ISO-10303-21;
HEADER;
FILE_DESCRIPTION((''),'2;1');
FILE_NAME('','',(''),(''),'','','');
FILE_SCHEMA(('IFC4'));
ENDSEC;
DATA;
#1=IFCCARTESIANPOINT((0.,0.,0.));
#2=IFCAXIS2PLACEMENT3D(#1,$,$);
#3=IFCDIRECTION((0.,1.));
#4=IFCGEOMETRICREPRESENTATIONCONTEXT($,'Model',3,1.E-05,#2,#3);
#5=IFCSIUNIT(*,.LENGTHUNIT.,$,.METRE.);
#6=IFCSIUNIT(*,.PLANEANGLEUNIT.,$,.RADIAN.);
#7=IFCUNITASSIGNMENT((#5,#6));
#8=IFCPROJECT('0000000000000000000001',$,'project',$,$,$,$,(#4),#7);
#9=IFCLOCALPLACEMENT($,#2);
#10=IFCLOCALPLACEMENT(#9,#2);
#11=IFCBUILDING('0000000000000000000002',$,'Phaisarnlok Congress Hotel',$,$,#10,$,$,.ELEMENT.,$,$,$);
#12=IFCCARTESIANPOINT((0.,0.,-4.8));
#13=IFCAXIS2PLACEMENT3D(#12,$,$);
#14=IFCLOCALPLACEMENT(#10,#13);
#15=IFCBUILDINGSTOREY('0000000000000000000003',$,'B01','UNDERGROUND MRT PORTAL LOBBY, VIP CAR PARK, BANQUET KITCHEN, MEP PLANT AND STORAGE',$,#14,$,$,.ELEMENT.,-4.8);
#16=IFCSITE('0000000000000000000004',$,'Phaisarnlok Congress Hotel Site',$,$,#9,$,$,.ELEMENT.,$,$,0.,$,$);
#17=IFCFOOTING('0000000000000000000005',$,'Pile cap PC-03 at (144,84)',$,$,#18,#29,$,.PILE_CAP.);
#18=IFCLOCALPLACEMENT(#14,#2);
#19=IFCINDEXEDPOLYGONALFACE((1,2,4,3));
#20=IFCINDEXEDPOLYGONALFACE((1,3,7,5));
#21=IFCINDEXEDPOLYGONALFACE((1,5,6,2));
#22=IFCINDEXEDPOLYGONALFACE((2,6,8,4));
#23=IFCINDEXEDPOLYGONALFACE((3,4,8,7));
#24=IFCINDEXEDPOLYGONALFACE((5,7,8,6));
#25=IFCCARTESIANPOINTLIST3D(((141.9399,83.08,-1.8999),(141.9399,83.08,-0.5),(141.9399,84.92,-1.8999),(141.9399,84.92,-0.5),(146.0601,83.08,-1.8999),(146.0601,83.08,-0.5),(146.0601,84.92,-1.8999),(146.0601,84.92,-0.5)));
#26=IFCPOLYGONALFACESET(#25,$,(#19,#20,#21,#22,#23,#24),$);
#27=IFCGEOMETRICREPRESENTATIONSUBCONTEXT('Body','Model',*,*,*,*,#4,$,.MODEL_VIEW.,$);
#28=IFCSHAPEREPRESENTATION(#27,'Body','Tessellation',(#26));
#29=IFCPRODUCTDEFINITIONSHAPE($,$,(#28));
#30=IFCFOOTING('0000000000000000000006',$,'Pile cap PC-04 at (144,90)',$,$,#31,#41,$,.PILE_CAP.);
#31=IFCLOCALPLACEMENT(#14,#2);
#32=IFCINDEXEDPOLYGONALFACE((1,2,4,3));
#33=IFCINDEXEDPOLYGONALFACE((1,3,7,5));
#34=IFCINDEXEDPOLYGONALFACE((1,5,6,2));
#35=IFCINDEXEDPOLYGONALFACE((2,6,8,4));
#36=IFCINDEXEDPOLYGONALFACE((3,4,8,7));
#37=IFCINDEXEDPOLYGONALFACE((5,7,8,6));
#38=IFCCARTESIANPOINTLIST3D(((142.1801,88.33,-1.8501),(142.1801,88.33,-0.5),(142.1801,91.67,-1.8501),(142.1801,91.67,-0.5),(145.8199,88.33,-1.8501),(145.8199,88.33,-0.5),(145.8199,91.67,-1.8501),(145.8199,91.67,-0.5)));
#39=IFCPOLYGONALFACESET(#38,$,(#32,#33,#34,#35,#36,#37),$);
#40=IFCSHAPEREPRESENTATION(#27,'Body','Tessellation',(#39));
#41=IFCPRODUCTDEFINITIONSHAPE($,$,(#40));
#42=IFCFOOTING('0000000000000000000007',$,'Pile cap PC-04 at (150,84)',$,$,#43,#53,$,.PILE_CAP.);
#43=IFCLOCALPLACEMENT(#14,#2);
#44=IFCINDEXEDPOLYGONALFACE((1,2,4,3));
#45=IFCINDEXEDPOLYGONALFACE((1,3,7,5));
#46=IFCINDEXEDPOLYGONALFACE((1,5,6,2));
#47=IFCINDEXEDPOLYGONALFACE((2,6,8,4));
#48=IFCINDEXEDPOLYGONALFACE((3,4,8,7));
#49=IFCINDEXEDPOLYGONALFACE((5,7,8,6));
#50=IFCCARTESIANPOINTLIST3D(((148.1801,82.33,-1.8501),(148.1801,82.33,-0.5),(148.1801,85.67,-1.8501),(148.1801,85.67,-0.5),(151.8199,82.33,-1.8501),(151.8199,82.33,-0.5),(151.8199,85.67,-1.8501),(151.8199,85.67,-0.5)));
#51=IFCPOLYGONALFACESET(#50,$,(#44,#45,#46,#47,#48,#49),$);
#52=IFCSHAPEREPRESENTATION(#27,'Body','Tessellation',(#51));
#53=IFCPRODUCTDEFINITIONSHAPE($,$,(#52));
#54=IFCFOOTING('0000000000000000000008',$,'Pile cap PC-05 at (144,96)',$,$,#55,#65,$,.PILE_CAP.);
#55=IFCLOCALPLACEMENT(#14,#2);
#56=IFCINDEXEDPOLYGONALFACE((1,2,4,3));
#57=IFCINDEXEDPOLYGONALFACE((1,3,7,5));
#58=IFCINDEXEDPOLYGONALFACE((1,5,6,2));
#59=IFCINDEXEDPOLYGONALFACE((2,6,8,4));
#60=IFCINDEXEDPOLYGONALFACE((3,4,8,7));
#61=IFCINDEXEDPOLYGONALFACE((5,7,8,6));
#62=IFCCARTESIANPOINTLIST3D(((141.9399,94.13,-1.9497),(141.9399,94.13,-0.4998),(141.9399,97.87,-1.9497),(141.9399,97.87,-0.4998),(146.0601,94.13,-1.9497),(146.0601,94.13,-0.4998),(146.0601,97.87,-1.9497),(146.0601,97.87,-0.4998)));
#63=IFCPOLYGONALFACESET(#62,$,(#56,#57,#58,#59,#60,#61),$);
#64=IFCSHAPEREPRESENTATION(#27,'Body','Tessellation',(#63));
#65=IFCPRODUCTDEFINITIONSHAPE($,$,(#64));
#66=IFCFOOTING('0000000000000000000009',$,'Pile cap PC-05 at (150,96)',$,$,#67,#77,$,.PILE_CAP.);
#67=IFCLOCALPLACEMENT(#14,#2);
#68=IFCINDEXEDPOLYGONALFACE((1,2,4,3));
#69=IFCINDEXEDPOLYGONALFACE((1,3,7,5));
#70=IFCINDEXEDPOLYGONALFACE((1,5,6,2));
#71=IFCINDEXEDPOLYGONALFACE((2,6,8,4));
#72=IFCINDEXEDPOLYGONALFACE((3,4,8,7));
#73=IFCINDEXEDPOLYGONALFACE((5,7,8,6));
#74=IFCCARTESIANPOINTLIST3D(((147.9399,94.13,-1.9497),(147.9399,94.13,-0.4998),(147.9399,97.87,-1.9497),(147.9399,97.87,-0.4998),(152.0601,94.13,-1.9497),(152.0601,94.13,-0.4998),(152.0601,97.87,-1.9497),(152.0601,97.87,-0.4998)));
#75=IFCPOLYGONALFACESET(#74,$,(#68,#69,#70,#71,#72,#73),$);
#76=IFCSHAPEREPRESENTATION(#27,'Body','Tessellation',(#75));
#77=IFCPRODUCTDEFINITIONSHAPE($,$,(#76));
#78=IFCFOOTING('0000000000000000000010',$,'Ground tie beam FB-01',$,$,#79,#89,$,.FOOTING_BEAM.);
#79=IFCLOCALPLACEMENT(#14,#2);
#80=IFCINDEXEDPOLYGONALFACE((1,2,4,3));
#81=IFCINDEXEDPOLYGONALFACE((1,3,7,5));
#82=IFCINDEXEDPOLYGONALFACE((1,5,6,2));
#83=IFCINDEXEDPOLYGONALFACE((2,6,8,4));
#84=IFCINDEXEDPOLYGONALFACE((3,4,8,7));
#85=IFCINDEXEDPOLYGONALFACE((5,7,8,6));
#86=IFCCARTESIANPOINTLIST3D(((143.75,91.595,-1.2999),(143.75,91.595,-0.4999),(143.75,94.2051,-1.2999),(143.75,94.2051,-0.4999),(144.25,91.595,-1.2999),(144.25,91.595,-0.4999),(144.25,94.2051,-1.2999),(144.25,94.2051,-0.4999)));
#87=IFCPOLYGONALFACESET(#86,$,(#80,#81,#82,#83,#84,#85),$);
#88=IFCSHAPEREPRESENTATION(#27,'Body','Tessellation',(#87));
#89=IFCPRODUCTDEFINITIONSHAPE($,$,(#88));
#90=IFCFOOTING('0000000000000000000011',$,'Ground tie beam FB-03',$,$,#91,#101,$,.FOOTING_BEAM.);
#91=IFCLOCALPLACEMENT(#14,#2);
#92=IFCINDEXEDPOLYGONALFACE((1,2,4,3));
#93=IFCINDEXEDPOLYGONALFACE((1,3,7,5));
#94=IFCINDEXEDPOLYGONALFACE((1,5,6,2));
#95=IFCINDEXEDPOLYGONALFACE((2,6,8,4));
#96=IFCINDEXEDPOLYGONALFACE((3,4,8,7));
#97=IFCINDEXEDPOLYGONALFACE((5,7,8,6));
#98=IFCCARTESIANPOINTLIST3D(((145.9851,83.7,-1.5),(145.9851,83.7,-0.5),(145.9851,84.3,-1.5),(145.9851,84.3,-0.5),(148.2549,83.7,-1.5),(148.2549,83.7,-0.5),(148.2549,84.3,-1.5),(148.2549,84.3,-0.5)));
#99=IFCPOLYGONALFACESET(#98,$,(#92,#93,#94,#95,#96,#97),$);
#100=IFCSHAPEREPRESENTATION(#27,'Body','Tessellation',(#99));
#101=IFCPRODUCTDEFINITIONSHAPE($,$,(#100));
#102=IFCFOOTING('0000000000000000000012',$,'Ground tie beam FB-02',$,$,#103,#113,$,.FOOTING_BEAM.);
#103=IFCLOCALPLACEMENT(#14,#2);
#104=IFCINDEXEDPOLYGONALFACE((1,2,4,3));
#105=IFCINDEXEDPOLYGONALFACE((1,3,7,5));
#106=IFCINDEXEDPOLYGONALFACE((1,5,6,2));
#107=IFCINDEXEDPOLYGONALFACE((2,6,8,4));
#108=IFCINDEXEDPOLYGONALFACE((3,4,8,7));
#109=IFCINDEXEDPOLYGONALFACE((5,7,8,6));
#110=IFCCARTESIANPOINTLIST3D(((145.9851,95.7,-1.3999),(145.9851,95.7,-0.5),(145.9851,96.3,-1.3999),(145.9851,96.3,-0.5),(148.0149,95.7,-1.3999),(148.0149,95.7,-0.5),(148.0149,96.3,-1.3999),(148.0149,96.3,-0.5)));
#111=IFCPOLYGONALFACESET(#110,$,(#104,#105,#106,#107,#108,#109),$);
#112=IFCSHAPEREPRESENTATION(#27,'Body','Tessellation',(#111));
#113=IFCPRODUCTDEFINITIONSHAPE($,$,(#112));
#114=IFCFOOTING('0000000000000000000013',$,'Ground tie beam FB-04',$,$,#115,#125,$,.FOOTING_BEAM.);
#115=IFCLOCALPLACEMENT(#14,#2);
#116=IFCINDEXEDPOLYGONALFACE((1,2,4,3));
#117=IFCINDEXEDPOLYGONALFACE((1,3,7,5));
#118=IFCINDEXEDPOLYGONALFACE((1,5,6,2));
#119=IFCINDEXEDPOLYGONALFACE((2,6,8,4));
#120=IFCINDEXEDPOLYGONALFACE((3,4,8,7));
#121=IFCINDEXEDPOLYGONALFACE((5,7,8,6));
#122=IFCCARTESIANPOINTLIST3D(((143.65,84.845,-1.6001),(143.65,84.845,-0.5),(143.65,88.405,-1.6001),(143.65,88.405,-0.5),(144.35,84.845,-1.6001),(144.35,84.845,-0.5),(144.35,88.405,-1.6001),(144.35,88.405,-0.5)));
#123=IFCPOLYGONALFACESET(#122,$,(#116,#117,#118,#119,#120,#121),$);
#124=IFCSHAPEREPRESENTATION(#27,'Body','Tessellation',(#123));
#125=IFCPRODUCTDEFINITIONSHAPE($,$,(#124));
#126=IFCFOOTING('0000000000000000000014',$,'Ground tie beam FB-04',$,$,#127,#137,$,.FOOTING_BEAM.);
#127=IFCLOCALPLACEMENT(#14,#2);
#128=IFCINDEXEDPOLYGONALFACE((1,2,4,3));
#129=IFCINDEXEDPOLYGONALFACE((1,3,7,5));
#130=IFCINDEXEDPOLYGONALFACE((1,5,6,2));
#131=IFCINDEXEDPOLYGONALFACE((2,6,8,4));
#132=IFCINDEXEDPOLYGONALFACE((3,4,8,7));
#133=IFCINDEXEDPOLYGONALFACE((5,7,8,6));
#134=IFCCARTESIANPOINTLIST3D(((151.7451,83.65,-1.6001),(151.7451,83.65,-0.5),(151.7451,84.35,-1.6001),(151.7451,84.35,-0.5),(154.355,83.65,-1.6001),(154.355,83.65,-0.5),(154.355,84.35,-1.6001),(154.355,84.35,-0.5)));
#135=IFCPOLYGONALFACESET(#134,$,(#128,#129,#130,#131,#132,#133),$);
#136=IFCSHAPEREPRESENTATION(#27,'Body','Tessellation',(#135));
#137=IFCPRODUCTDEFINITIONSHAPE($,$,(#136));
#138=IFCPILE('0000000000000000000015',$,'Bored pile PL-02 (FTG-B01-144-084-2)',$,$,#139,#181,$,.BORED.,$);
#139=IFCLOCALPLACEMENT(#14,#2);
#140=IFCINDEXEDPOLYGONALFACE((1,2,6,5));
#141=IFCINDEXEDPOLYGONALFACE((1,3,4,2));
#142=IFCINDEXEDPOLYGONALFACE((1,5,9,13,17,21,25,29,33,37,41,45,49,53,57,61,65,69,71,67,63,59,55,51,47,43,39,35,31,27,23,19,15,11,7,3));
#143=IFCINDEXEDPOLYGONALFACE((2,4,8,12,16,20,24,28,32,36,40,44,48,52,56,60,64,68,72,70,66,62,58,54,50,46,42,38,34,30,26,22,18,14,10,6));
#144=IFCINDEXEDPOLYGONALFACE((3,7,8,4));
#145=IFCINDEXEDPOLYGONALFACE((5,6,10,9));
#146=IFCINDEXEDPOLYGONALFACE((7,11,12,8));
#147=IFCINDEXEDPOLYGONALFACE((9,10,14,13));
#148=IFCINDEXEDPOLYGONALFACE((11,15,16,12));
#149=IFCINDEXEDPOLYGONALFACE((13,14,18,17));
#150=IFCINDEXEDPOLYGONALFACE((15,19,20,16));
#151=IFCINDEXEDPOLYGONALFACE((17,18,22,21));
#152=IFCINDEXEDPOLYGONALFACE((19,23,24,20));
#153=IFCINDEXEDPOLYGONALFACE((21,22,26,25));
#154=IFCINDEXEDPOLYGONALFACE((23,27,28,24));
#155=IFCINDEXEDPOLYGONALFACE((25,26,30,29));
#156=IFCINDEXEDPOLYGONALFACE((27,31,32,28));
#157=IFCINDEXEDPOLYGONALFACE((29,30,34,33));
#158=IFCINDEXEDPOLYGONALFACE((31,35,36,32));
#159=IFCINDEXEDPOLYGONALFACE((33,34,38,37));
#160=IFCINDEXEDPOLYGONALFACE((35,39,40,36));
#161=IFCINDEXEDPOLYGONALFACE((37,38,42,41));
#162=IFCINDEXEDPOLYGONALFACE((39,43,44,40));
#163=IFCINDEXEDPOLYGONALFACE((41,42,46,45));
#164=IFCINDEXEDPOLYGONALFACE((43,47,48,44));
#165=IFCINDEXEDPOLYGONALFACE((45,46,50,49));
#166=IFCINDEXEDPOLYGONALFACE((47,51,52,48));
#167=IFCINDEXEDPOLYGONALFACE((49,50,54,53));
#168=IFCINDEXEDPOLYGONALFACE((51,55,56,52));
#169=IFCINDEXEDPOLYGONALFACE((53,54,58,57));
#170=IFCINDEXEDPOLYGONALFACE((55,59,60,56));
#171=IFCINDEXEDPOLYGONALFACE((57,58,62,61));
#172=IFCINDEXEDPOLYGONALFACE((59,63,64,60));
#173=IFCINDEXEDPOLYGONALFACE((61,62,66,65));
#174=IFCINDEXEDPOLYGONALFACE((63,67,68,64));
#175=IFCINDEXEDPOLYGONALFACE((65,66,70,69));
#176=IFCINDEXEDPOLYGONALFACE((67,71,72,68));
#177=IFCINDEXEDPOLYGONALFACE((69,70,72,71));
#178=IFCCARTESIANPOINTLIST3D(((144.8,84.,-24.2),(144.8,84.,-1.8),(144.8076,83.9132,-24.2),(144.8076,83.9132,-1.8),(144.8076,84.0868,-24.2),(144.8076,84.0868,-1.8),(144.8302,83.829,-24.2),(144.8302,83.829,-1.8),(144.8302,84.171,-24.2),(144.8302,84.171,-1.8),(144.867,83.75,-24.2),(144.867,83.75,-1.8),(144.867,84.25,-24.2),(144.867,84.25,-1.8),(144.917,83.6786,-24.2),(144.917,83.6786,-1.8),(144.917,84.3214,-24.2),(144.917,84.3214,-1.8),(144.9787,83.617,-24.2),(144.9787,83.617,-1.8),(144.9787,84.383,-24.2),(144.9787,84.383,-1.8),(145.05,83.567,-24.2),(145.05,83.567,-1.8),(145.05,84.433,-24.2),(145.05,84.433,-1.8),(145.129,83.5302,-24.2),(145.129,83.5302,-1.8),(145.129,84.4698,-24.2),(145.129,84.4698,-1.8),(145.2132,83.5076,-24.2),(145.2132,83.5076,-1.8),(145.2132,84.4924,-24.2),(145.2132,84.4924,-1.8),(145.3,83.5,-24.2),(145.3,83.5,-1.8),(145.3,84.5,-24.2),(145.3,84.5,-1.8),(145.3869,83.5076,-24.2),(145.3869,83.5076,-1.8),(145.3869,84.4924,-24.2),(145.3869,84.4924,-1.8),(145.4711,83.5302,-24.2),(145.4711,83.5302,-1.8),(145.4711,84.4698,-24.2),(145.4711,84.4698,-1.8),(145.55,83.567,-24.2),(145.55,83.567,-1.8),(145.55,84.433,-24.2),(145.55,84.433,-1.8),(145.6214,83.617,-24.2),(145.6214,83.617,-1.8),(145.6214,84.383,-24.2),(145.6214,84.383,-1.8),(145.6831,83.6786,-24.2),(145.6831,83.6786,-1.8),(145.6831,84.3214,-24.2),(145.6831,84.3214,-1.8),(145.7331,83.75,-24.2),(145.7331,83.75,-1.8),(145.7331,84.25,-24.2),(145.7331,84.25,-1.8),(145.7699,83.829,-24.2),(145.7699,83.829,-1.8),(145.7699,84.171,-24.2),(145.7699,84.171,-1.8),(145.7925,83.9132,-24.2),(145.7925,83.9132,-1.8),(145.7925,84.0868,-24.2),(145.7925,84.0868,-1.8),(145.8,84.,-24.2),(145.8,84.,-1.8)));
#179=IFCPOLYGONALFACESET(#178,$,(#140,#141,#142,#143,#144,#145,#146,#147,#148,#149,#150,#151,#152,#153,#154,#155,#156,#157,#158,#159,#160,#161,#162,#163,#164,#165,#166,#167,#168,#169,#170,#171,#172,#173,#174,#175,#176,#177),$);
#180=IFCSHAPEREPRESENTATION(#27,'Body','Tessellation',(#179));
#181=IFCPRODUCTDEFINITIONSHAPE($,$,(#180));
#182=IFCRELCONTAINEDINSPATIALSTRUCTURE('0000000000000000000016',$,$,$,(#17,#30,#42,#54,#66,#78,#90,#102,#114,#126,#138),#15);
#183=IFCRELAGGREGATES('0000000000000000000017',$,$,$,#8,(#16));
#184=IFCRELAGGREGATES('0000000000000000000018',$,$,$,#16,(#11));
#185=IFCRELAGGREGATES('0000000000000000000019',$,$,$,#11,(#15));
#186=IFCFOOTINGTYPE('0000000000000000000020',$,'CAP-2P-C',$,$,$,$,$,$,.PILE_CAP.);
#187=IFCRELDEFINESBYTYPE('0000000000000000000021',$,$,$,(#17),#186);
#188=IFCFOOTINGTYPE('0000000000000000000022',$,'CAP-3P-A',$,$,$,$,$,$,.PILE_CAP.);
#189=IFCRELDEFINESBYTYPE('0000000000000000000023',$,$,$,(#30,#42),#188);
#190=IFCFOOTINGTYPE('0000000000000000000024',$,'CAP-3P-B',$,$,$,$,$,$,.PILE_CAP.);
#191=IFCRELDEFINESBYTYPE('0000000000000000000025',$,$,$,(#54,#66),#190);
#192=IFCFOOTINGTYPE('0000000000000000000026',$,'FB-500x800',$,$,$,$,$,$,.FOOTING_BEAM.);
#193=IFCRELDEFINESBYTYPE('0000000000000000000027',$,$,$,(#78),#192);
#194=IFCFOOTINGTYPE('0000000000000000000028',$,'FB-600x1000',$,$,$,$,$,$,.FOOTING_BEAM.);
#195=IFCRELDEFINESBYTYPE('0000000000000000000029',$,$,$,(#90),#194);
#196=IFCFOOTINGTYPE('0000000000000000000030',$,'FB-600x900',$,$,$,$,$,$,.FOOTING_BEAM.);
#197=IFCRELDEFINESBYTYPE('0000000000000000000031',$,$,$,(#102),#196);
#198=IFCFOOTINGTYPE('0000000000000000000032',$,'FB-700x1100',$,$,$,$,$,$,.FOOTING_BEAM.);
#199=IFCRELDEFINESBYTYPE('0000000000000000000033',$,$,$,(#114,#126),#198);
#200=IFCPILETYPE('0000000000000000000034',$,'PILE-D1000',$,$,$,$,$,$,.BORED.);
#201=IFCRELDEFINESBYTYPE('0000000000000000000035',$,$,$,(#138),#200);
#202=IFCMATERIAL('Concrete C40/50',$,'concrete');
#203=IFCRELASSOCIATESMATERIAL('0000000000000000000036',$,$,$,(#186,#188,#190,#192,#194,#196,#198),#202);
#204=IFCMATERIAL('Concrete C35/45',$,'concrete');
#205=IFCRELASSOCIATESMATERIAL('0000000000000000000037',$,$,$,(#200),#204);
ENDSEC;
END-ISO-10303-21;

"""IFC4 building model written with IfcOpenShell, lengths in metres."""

from ifc_helpers import new_model, si_unit, direction, frame, origin, origin_2d, place, context, subcontext, project, spatial, rectangle, circle, extrude, material, material_profile, profile_set, type_object, element, save


model = new_model("IFC4")

# Units and contexts
model_context = context("Model", 3, precision=1e-05, world=origin(), true_north=direction((0.0, 1.0)))
body_context = subcontext(model_context, "Body", "Model", "MODEL_VIEW")
ifc_project = project(units=[si_unit("LENGTHUNIT", "METRE"), si_unit("PLANEANGLEUNIT", "RADIAN")], contexts=[model_context])

# Site, building, storey
site_placement = place(None, origin())
site = spatial("IfcSite", under=ifc_project, at=site_placement, Name="Phaisarnlok Congress Hotel Site", CompositionType="ELEMENT", RefElevation=0.0)
building_placement = place(site_placement, origin())
building = spatial("IfcBuilding", under=site, at=building_placement, Name="Phaisarnlok Congress Hotel", CompositionType="ELEMENT")
storey_placement = place(building_placement, frame((0.0, 0.0, -4.8)))
storey = spatial("IfcBuildingStorey", under=building, at=storey_placement, Name="B01", Description="UNDERGROUND MRT PORTAL LOBBY, VIP CAR PARK, BANQUET KITCHEN, MEP PLANT AND STORAGE", CompositionType="ELEMENT", Elevation=-4.8)

# Footings
ifc_material_1 = material(Name="Concrete C40/50", Category="concrete")
footing_type_1 = type_object("IfcFootingType", Name="CAP-2P-C", PredefinedType="PILE_CAP", material=ifc_material_1)
footing_1_placement = place(storey_placement, frame((144.0, 84.0, -1.8999), z_axis=(0.0, 0.0, 1.0), x_axis=(1.0, 0.0, 0.0)))
element("IfcFooting", 1, at=footing_1_placement, inside=storey, type_object=footing_type_1, Name="Pile cap PC-03 at (144,84)", PredefinedType="PILE_CAP", context=body_context, shape_type="SweptSolid", body=[
    extrude(rectangle(XDim=4.1201, YDim=1.8401, at=origin_2d()), origin(), (0.0, 0.0, 1.0), 1.3999),
])
footing_type_2 = type_object("IfcFootingType", Name="CAP-3P-A", PredefinedType="PILE_CAP", material=ifc_material_1)
for number, where, z_axis, x_axis, name in (
    (2, (144.0, 90.0, -1.8501), (0.0, 0.0, 1.0), (1.0, 0.0, 0.0), "Pile cap PC-04 at (144,90)"),
    (3, (150.0, 84.0, -1.8501), (0.0, 0.0, 1.0), (1.0, 0.0, 0.0), "Pile cap PC-04 at (150,84)"),
):
    element("IfcFooting", number, at=place(storey_placement, frame(where, z_axis=z_axis, x_axis=x_axis)), inside=storey, type_object=footing_type_2, Name=name, PredefinedType="PILE_CAP", context=body_context, shape_type="SweptSolid", body=[
        extrude(rectangle(XDim=3.6399, YDim=3.3401, at=origin_2d()), origin(), (0.0, 0.0, 1.0), 1.3501),
    ])
footing_type_3 = type_object("IfcFootingType", Name="CAP-3P-B", PredefinedType="PILE_CAP", material=ifc_material_1)
for number, where, z_axis, x_axis, name in (
    (4, (144.0, 96.0, -1.9497), (0.0, 0.0, 1.0), (1.0, 0.0, 0.0), "Pile cap PC-05 at (144,96)"),
    (5, (150.0, 96.0, -1.9497), (0.0, 0.0, 1.0), (1.0, 0.0, 0.0), "Pile cap PC-05 at (150,96)"),
):
    element("IfcFooting", number, at=place(storey_placement, frame(where, z_axis=z_axis, x_axis=x_axis)), inside=storey, type_object=footing_type_3, Name=name, PredefinedType="PILE_CAP", context=body_context, shape_type="SweptSolid", body=[
        extrude(rectangle(XDim=4.1201, YDim=3.74, at=origin_2d()), origin(), (0.0, 0.0, 1.0), 1.45),
    ])
ifc_material_profile_1 = material_profile(ifc_material_1, rectangle(XDim=0.5, YDim=0.8, at=origin_2d()), Name="FB-500x800")
ifc_profile_set_1 = profile_set([ifc_material_profile_1], Name="Concrete C40/50")
footing_type_4 = type_object("IfcFootingType", Name="FB-500x800", PredefinedType="FOOTING_BEAM", material=ifc_profile_set_1)
footing_2_placement = place(storey_placement, frame((144.0, 91.595, -0.8999), z_axis=(0.0, 1.0, 0.0), x_axis=(-1.0, 0.0, 0.0)))
element("IfcFooting", 6, at=footing_2_placement, inside=storey, type_object=footing_type_4, Name="Ground tie beam FB-01", PredefinedType="FOOTING_BEAM", context=body_context, shape_type="SweptSolid", body=[
    extrude(rectangle(XDim=0.5, YDim=0.8, at=origin_2d()), origin(), (0.0, 0.0, 1.0), 2.6101),
])
ifc_material_profile_2 = material_profile(ifc_material_1, rectangle(XDim=0.6001, YDim=1.0, at=origin_2d()), Name="FB-600x1000")
ifc_profile_set_2 = profile_set([ifc_material_profile_2], Name="Concrete C40/50")
footing_type_5 = type_object("IfcFootingType", Name="FB-600x1000", PredefinedType="FOOTING_BEAM", material=ifc_profile_set_2)
footing_3_placement = place(storey_placement, frame((145.9851, 84.0, -1.0), z_axis=(1.0, 0.0, 0.0), x_axis=(0.0, 1.0, 0.0)))
element("IfcFooting", 7, at=footing_3_placement, inside=storey, type_object=footing_type_5, Name="Ground tie beam FB-03", PredefinedType="FOOTING_BEAM", context=body_context, shape_type="SweptSolid", body=[
    extrude(rectangle(XDim=0.6001, YDim=1.0, at=origin_2d()), origin(), (0.0, 0.0, 1.0), 2.2698),
])
ifc_material_profile_3 = material_profile(ifc_material_1, rectangle(XDim=0.6001, YDim=0.8999, at=origin_2d()), Name="FB-600x900")
ifc_profile_set_3 = profile_set([ifc_material_profile_3], Name="Concrete C40/50")
footing_type_6 = type_object("IfcFootingType", Name="FB-600x900", PredefinedType="FOOTING_BEAM", material=ifc_profile_set_3)
footing_4_placement = place(storey_placement, frame((145.9851, 96.0, -0.95), z_axis=(1.0, 0.0, 0.0), x_axis=(0.0, 1.0, 0.0)))
element("IfcFooting", 8, at=footing_4_placement, inside=storey, type_object=footing_type_6, Name="Ground tie beam FB-02", PredefinedType="FOOTING_BEAM", context=body_context, shape_type="SweptSolid", body=[
    extrude(rectangle(XDim=0.6001, YDim=0.8999, at=origin_2d()), origin(), (0.0, 0.0, 1.0), 2.0298),
])
ifc_material_profile_4 = material_profile(ifc_material_1, rectangle(XDim=0.7, YDim=1.1001, at=origin_2d()), Name="FB-700x1100")
ifc_profile_set_4 = profile_set([ifc_material_profile_4], Name="Concrete C40/50")
footing_type_7 = type_object("IfcFootingType", Name="FB-700x1100", PredefinedType="FOOTING_BEAM", material=ifc_profile_set_4)
footing_5_placement = place(storey_placement, frame((144.0, 84.845, -1.05), z_axis=(0.0, 1.0, 0.0), x_axis=(-1.0, 0.0, 0.0)))
element("IfcFooting", 9, at=footing_5_placement, inside=storey, type_object=footing_type_7, Name="Ground tie beam FB-04", PredefinedType="FOOTING_BEAM", context=body_context, shape_type="SweptSolid", body=[
    extrude(rectangle(XDim=0.7, YDim=1.1001, at=origin_2d()), origin(), (0.0, 0.0, 1.0), 3.5601),
])
footing_6_placement = place(storey_placement, frame((151.7451, 84.0, -1.05), z_axis=(1.0, 0.0, 0.0), x_axis=(0.0, 1.0, 0.0)))
element("IfcFooting", 10, at=footing_6_placement, inside=storey, type_object=footing_type_7, Name="Ground tie beam FB-04", PredefinedType="FOOTING_BEAM", context=body_context, shape_type="SweptSolid", body=[
    extrude(rectangle(XDim=0.7, YDim=1.1001, at=origin_2d()), origin(), (0.0, 0.0, 1.0), 2.6099),
])

# Pile
ifc_material_2 = material(Name="Concrete C35/45", Category="concrete")
ifc_material_profile_5 = material_profile(ifc_material_2, circle(Radius=0.5, at=origin_2d()), Name="BORED PILE D1000")
ifc_profile_set_5 = profile_set([ifc_material_profile_5], Name="Concrete C35/45")
pile_type_1 = type_object("IfcPileType", Name="PILE-D1000", PredefinedType="BORED", material=ifc_profile_set_5)
pile_placement = place(storey_placement, frame((145.3, 84.0, -1.8), z_axis=(0.0, 0.0, -1.0), x_axis=(1.0, 0.0, 0.0)))
element("IfcPile", 11, at=pile_placement, inside=storey, type_object=pile_type_1, Name="Bored pile PL-02 (FTG-B01-144-084-2)", PredefinedType="BORED", context=body_context, shape_type="SweptSolid", body=[
    extrude(circle(Radius=0.5, at=origin_2d()), origin(), (0.0, 0.0, 1.0), 22.3999),
])

save(model, "model.ifc")
